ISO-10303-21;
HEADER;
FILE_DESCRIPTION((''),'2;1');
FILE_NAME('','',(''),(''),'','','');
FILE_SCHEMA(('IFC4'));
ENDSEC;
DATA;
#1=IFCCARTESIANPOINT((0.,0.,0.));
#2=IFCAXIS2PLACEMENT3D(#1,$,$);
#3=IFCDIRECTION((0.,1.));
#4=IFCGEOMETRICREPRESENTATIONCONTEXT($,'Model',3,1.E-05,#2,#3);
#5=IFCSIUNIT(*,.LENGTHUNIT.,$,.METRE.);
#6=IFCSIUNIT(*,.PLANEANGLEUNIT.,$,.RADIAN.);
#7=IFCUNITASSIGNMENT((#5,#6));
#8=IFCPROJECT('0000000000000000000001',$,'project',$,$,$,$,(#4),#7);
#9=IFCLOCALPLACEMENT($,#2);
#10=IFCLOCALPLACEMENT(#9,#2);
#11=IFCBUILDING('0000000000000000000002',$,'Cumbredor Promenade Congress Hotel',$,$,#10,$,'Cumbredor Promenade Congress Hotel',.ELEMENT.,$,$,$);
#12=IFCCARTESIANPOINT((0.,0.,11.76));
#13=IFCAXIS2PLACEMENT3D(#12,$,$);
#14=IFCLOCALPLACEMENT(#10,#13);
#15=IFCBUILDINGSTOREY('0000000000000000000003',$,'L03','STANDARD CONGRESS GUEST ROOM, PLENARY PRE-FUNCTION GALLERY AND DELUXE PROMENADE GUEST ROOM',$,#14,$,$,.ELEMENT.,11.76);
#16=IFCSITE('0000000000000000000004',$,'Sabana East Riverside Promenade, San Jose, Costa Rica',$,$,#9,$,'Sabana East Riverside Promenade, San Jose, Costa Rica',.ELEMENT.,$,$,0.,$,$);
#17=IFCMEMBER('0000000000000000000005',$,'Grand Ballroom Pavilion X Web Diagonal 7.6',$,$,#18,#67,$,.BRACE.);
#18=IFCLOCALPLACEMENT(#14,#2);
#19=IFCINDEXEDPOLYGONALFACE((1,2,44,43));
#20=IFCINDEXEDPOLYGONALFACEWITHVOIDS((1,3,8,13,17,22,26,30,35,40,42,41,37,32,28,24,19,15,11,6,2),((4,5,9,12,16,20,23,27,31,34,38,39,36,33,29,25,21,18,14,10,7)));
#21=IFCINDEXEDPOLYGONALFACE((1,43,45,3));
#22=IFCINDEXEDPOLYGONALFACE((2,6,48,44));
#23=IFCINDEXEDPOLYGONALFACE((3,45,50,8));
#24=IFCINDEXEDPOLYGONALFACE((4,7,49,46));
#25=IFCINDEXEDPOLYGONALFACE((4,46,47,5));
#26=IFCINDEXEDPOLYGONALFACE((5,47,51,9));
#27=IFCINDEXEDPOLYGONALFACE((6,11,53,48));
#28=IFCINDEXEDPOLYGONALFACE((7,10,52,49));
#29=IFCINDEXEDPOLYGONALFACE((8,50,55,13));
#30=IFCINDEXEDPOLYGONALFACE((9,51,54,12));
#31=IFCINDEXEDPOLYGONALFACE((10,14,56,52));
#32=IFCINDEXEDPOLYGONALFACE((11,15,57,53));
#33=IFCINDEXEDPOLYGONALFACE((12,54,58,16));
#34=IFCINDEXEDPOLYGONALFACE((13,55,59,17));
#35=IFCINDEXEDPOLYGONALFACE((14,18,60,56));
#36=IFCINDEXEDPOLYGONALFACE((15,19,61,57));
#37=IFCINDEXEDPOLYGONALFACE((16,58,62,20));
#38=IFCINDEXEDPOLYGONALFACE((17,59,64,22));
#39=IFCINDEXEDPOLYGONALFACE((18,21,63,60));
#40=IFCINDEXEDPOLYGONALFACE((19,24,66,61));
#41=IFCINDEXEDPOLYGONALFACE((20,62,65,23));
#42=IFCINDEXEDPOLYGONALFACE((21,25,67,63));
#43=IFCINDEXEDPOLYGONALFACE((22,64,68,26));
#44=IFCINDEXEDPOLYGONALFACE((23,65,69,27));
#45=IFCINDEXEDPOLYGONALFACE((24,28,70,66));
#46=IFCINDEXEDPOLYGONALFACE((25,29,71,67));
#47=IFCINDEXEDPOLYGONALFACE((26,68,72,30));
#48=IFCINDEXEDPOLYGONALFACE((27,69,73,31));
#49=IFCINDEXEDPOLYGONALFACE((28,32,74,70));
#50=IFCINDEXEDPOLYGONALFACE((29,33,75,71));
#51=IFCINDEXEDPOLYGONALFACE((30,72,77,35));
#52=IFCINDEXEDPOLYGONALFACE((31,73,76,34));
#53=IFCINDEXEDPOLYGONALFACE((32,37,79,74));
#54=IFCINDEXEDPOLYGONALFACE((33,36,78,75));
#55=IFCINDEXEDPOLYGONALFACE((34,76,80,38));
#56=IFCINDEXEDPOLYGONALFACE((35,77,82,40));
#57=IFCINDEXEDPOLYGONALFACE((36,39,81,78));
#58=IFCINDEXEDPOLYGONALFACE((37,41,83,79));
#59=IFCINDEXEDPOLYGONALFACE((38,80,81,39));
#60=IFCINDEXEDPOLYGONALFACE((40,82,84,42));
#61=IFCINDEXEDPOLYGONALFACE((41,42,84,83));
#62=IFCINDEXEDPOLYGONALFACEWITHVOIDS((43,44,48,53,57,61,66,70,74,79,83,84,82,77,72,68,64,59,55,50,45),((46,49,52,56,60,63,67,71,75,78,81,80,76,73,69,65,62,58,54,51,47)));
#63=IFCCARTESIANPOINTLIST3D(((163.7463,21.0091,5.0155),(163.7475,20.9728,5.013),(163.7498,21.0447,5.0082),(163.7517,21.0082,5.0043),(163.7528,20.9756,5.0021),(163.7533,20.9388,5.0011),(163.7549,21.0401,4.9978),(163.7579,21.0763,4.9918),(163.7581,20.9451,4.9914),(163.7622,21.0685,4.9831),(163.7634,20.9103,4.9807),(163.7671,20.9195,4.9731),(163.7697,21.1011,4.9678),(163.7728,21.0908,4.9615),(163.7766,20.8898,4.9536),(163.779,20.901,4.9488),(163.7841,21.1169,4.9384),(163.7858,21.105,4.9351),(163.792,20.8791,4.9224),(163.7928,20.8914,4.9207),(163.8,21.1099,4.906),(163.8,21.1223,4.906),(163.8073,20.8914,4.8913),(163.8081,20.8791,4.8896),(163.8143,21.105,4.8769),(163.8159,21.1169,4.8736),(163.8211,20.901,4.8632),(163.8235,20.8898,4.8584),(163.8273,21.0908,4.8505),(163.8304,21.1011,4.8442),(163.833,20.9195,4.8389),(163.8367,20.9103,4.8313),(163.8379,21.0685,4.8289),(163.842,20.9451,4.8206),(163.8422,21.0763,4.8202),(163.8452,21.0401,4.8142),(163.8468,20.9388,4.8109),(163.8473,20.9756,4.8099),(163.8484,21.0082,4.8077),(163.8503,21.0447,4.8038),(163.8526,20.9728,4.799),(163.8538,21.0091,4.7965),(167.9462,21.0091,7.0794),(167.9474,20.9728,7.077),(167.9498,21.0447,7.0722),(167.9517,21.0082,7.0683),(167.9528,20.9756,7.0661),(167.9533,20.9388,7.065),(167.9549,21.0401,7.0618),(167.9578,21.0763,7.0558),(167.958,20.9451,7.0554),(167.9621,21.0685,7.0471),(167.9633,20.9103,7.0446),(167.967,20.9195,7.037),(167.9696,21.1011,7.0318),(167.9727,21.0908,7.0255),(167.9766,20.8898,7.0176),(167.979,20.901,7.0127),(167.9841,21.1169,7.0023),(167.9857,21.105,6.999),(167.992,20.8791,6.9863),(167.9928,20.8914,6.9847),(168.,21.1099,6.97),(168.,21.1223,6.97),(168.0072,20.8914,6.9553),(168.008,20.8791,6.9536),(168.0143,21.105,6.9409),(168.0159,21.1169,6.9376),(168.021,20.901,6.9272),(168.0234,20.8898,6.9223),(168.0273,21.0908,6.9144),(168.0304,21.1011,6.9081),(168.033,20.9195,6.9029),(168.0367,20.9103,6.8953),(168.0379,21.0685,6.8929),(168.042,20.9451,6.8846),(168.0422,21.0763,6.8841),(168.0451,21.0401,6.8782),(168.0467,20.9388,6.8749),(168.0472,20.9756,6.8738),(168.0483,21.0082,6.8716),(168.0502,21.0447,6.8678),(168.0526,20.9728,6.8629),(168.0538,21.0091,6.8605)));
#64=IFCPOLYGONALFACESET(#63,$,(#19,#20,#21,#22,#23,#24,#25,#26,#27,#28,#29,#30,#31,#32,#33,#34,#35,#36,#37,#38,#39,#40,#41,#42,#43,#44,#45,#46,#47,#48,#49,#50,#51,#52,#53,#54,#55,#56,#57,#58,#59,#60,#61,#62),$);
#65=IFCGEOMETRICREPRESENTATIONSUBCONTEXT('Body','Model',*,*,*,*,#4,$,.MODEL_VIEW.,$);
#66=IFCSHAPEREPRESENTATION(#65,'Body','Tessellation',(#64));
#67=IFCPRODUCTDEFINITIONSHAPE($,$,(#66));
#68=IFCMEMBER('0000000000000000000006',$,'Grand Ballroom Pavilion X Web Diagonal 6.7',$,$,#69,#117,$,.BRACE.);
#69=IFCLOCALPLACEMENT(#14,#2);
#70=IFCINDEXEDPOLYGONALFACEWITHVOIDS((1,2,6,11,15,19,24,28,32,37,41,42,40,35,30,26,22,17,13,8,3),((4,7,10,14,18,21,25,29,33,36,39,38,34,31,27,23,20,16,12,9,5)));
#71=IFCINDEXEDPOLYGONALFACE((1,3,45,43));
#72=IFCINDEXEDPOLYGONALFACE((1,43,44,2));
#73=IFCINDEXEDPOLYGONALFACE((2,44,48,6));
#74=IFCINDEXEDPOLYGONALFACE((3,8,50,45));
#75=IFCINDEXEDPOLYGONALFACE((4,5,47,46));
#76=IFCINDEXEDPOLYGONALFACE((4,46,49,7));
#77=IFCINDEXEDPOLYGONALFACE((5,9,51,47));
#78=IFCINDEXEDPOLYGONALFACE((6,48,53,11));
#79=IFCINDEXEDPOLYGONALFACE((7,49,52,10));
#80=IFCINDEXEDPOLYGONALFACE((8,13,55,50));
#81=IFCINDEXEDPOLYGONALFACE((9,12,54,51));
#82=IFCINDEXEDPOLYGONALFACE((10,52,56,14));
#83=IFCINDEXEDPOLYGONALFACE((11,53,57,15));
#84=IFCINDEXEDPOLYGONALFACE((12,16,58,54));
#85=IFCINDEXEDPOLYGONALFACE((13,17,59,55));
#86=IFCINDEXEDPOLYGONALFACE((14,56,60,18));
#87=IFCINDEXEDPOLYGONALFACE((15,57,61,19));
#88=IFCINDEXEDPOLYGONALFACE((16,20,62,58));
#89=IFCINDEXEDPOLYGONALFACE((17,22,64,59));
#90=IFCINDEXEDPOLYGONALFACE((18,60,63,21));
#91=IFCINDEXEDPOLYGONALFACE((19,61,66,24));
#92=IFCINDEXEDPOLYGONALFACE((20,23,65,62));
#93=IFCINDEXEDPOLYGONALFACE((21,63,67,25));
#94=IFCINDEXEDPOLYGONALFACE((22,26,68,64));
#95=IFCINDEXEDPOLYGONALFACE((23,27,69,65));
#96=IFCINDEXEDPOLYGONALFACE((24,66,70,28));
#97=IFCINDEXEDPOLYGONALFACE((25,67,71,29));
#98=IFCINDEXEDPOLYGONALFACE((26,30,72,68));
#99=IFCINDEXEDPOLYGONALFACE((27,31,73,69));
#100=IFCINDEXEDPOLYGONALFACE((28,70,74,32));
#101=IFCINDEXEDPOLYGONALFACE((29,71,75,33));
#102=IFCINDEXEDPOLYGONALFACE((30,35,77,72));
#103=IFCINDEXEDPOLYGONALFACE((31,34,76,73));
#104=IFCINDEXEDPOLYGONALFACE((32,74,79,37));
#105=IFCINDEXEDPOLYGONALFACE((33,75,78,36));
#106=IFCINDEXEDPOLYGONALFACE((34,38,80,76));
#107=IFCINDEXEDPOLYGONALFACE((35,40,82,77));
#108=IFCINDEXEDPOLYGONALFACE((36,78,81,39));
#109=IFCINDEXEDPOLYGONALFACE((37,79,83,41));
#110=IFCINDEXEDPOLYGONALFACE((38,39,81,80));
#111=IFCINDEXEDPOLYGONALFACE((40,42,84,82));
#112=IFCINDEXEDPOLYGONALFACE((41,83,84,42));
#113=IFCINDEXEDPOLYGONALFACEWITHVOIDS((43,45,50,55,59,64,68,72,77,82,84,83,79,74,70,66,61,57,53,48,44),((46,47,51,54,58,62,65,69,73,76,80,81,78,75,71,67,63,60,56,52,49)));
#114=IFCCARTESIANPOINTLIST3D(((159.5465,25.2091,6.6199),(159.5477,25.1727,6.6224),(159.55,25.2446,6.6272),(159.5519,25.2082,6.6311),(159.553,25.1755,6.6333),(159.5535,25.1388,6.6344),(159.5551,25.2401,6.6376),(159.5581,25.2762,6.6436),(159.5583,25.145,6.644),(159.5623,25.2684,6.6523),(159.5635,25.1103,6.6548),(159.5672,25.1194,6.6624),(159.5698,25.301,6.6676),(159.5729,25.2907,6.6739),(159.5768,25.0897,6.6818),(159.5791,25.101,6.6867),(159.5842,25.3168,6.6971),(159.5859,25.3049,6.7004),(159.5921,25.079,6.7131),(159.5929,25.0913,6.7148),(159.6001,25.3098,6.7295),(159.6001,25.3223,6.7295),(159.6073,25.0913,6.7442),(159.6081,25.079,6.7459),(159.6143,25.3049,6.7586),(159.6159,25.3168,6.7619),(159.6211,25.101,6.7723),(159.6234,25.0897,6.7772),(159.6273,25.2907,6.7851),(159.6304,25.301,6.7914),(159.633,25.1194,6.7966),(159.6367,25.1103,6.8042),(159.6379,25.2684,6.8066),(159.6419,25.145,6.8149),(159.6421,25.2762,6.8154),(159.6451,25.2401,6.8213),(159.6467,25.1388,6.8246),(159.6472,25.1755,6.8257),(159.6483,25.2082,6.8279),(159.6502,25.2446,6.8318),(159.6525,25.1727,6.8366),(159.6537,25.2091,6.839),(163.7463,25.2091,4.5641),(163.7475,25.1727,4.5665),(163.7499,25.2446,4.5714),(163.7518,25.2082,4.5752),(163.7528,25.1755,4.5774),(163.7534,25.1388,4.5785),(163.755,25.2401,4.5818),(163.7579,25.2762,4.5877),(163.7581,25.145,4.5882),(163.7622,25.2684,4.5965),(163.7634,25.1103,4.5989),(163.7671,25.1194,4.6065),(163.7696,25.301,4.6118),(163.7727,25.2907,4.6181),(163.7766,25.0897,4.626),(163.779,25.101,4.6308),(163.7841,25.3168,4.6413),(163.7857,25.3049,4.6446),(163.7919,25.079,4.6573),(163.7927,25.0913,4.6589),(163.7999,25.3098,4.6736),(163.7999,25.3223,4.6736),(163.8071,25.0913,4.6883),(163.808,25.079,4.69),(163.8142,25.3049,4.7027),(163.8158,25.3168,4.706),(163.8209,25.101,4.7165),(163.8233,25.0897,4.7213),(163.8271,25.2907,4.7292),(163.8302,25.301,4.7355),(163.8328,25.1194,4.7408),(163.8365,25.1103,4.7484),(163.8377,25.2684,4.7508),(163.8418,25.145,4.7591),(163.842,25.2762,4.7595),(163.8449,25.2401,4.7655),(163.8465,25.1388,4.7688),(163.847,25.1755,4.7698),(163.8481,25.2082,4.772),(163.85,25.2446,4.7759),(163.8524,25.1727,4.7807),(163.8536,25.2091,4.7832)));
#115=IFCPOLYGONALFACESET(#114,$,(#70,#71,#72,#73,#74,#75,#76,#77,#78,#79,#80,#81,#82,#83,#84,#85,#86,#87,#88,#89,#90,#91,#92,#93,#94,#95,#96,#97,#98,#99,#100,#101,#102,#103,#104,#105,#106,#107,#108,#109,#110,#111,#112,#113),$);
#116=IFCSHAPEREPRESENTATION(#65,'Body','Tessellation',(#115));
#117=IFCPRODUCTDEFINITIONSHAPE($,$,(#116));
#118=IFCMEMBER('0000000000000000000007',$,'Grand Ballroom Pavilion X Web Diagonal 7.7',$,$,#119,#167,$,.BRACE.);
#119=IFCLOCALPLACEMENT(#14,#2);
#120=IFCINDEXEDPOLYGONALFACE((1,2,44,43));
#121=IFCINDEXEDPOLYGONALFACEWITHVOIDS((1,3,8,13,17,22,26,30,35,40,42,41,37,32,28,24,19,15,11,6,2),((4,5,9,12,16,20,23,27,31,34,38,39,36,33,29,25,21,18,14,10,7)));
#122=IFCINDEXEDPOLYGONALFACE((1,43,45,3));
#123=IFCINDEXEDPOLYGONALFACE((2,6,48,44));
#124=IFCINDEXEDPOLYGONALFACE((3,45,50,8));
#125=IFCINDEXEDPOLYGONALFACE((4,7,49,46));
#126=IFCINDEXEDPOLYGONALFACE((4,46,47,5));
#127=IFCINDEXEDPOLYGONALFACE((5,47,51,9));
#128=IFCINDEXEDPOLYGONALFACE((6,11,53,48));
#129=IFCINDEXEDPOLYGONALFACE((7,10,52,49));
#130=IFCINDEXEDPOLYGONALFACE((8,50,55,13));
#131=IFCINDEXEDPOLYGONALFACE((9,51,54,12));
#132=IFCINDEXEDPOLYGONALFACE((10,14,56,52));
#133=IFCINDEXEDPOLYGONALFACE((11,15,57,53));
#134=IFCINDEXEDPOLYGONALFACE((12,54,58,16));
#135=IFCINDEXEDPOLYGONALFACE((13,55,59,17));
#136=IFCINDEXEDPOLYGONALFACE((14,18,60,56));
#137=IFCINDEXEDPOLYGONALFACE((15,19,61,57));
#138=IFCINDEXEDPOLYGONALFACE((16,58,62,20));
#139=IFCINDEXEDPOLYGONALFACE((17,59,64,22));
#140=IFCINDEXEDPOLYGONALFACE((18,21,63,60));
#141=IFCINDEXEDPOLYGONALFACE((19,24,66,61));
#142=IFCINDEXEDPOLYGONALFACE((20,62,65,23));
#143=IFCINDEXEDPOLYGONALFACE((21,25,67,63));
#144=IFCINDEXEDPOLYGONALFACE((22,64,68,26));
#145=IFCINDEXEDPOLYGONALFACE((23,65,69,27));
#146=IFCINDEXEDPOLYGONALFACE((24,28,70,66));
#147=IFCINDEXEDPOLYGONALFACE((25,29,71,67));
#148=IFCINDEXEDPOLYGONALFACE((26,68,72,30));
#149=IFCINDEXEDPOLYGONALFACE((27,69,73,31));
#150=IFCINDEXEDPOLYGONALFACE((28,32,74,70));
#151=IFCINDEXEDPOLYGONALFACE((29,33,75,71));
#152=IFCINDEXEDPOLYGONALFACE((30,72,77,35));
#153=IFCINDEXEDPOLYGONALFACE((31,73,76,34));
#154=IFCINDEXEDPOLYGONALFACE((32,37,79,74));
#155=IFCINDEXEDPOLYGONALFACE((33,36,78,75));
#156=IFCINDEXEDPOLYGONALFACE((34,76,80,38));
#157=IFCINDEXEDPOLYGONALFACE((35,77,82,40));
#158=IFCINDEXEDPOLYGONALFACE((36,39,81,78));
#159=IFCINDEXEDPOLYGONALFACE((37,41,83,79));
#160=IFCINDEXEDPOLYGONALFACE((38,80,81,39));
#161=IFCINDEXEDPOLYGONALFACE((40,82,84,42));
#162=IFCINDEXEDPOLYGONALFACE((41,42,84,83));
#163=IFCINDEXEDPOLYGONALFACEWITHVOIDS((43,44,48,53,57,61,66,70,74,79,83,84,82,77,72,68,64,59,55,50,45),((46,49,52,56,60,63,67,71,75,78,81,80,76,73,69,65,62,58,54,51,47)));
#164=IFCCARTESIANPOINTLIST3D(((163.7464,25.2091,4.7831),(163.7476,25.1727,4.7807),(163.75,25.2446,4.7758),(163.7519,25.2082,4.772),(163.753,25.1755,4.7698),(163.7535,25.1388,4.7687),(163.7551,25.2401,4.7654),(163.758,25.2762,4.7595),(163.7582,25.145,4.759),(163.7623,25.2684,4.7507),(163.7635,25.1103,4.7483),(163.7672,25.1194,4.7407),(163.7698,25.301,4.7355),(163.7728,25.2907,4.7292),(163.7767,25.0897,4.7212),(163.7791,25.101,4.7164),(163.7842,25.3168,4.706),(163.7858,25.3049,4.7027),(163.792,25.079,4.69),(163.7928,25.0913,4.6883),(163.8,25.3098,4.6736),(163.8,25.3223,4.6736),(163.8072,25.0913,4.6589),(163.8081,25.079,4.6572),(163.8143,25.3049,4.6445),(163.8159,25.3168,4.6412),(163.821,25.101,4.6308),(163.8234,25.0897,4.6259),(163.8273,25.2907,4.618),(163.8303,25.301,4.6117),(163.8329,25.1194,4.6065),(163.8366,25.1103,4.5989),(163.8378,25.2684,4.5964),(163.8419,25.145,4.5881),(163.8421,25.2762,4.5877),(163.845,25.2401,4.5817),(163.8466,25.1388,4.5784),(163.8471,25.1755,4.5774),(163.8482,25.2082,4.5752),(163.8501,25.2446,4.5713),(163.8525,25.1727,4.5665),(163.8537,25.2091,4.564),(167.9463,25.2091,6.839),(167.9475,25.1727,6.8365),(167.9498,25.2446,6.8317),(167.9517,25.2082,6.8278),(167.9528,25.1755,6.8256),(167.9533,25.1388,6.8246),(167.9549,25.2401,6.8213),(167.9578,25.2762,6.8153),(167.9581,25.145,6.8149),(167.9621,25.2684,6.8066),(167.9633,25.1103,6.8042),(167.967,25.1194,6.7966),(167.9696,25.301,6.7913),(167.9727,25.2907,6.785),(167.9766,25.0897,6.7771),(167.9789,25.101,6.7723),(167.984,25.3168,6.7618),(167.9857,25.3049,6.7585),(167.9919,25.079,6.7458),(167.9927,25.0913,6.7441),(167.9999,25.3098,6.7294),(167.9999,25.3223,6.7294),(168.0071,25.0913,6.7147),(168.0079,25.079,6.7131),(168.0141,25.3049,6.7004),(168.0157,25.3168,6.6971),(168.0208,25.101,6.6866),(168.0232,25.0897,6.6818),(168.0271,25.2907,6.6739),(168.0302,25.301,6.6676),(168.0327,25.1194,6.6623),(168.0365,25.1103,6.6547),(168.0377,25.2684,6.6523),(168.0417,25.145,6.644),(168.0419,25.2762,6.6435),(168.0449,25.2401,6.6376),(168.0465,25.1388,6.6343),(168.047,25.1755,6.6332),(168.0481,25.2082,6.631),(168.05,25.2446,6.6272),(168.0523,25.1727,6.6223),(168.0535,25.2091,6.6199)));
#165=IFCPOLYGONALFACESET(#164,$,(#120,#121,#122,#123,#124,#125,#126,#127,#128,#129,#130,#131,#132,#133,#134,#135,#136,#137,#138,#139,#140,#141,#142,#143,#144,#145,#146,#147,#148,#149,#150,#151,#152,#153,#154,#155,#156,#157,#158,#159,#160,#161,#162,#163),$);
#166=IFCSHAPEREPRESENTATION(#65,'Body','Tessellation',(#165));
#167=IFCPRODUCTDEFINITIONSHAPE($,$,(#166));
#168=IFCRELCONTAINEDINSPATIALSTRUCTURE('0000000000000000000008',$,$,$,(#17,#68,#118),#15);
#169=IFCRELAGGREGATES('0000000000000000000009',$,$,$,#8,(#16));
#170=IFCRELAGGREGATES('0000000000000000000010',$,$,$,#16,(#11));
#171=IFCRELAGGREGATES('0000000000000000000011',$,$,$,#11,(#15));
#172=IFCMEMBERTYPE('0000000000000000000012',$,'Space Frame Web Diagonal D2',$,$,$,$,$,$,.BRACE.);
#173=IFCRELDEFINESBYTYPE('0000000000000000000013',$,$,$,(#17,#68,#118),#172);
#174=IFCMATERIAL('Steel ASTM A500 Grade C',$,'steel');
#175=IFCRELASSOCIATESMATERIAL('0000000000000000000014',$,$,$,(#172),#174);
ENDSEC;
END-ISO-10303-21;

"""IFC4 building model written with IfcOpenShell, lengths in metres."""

from ifc_helpers import new_model, si_unit, direction, frame, origin, origin_2d, place, context, subcontext, project, spatial, hollow_circle, extrude, material, material_profile, profile_set, type_object, element, save


model = new_model("IFC4")

# Units and contexts
model_context = context("Model", 3, precision=1e-05, world=origin(), true_north=direction((0.0, 1.0)))
body_context = subcontext(model_context, "Body", "Model", "MODEL_VIEW")
ifc_project = project(units=[si_unit("LENGTHUNIT", "METRE"), si_unit("PLANEANGLEUNIT", "RADIAN")], contexts=[model_context])

# Site, building, storey
site_placement = place(None, origin())
site = spatial("IfcSite", under=ifc_project, at=site_placement, Name="Sabana East Riverside Promenade, San Jose, Costa Rica", LongName="Sabana East Riverside Promenade, San Jose, Costa Rica", CompositionType="ELEMENT", RefElevation=0.0)
building_placement = place(site_placement, origin())
building = spatial("IfcBuilding", under=site, at=building_placement, Name="Cumbredor Promenade Congress Hotel", LongName="Cumbredor Promenade Congress Hotel", CompositionType="ELEMENT")
storey_placement = place(building_placement, frame((0.0, 0.0, 11.76)))
storey = spatial("IfcBuildingStorey", under=building, at=storey_placement, Name="L03", Description="STANDARD CONGRESS GUEST ROOM, PLENARY PRE-FUNCTION GALLERY AND DELUXE PROMENADE GUEST ROOM", CompositionType="ELEMENT", Elevation=11.76)

# Members
ifc_material_1 = material(Name="Steel ASTM A500 Grade C", Category="steel")
ifc_material_profile_1 = material_profile(ifc_material_1, hollow_circle(Radius=0.1223, WallThickness=0.0125, at=origin_2d()), Name="CHS 244.5x12.5")
ifc_profile_set_1 = profile_set([ifc_material_profile_1], Name="Steel ASTM A500 Grade C")
member_type_1 = type_object("IfcMemberType", Name="Space Frame Web Diagonal D2", PredefinedType="BRACE", material=ifc_profile_set_1)
for number, where, z_axis, x_axis, name in (
    (1, (163.8, 21.0, 4.906), (0.897484, 0.0, 0.441047), (0.0, 1.0, 0.0), "Grand Ballroom Pavilion X Web Diagonal 7.6"),
):
    element("IfcMember", number, at=place(storey_placement, frame(where, z_axis=z_axis, x_axis=x_axis)), inside=storey, type_object=member_type_1, Name=name, PredefinedType="BRACE", context=body_context, shape_type="SweptSolid", body=[
        extrude(hollow_circle(Radius=0.1223, WallThickness=0.0125, at=origin_2d()), origin(), (0.0, 0.0, 1.0), 4.6797),
    ])
for number, where, z_axis, x_axis, name in (
    (2, (159.6001, 25.2, 6.7295), (0.898165, 0.0, -0.439659), (0.0, 1.0, 0.0), "Grand Ballroom Pavilion X Web Diagonal 6.7"),
    (3, (163.8, 25.2, 4.6736), (0.898165, 0.0, 0.439659), (0.0, 1.0, 0.0), "Grand Ballroom Pavilion X Web Diagonal 7.7"),
):
    element("IfcMember", number, at=place(storey_placement, frame(where, z_axis=z_axis, x_axis=x_axis)), inside=storey, type_object=member_type_1, Name=name, PredefinedType="BRACE", context=body_context, shape_type="SweptSolid", body=[
        extrude(hollow_circle(Radius=0.1223, WallThickness=0.0125, at=origin_2d()), origin(), (0.0, 0.0, 1.0), 4.676),
    ])

save(model, "model.ifc")
